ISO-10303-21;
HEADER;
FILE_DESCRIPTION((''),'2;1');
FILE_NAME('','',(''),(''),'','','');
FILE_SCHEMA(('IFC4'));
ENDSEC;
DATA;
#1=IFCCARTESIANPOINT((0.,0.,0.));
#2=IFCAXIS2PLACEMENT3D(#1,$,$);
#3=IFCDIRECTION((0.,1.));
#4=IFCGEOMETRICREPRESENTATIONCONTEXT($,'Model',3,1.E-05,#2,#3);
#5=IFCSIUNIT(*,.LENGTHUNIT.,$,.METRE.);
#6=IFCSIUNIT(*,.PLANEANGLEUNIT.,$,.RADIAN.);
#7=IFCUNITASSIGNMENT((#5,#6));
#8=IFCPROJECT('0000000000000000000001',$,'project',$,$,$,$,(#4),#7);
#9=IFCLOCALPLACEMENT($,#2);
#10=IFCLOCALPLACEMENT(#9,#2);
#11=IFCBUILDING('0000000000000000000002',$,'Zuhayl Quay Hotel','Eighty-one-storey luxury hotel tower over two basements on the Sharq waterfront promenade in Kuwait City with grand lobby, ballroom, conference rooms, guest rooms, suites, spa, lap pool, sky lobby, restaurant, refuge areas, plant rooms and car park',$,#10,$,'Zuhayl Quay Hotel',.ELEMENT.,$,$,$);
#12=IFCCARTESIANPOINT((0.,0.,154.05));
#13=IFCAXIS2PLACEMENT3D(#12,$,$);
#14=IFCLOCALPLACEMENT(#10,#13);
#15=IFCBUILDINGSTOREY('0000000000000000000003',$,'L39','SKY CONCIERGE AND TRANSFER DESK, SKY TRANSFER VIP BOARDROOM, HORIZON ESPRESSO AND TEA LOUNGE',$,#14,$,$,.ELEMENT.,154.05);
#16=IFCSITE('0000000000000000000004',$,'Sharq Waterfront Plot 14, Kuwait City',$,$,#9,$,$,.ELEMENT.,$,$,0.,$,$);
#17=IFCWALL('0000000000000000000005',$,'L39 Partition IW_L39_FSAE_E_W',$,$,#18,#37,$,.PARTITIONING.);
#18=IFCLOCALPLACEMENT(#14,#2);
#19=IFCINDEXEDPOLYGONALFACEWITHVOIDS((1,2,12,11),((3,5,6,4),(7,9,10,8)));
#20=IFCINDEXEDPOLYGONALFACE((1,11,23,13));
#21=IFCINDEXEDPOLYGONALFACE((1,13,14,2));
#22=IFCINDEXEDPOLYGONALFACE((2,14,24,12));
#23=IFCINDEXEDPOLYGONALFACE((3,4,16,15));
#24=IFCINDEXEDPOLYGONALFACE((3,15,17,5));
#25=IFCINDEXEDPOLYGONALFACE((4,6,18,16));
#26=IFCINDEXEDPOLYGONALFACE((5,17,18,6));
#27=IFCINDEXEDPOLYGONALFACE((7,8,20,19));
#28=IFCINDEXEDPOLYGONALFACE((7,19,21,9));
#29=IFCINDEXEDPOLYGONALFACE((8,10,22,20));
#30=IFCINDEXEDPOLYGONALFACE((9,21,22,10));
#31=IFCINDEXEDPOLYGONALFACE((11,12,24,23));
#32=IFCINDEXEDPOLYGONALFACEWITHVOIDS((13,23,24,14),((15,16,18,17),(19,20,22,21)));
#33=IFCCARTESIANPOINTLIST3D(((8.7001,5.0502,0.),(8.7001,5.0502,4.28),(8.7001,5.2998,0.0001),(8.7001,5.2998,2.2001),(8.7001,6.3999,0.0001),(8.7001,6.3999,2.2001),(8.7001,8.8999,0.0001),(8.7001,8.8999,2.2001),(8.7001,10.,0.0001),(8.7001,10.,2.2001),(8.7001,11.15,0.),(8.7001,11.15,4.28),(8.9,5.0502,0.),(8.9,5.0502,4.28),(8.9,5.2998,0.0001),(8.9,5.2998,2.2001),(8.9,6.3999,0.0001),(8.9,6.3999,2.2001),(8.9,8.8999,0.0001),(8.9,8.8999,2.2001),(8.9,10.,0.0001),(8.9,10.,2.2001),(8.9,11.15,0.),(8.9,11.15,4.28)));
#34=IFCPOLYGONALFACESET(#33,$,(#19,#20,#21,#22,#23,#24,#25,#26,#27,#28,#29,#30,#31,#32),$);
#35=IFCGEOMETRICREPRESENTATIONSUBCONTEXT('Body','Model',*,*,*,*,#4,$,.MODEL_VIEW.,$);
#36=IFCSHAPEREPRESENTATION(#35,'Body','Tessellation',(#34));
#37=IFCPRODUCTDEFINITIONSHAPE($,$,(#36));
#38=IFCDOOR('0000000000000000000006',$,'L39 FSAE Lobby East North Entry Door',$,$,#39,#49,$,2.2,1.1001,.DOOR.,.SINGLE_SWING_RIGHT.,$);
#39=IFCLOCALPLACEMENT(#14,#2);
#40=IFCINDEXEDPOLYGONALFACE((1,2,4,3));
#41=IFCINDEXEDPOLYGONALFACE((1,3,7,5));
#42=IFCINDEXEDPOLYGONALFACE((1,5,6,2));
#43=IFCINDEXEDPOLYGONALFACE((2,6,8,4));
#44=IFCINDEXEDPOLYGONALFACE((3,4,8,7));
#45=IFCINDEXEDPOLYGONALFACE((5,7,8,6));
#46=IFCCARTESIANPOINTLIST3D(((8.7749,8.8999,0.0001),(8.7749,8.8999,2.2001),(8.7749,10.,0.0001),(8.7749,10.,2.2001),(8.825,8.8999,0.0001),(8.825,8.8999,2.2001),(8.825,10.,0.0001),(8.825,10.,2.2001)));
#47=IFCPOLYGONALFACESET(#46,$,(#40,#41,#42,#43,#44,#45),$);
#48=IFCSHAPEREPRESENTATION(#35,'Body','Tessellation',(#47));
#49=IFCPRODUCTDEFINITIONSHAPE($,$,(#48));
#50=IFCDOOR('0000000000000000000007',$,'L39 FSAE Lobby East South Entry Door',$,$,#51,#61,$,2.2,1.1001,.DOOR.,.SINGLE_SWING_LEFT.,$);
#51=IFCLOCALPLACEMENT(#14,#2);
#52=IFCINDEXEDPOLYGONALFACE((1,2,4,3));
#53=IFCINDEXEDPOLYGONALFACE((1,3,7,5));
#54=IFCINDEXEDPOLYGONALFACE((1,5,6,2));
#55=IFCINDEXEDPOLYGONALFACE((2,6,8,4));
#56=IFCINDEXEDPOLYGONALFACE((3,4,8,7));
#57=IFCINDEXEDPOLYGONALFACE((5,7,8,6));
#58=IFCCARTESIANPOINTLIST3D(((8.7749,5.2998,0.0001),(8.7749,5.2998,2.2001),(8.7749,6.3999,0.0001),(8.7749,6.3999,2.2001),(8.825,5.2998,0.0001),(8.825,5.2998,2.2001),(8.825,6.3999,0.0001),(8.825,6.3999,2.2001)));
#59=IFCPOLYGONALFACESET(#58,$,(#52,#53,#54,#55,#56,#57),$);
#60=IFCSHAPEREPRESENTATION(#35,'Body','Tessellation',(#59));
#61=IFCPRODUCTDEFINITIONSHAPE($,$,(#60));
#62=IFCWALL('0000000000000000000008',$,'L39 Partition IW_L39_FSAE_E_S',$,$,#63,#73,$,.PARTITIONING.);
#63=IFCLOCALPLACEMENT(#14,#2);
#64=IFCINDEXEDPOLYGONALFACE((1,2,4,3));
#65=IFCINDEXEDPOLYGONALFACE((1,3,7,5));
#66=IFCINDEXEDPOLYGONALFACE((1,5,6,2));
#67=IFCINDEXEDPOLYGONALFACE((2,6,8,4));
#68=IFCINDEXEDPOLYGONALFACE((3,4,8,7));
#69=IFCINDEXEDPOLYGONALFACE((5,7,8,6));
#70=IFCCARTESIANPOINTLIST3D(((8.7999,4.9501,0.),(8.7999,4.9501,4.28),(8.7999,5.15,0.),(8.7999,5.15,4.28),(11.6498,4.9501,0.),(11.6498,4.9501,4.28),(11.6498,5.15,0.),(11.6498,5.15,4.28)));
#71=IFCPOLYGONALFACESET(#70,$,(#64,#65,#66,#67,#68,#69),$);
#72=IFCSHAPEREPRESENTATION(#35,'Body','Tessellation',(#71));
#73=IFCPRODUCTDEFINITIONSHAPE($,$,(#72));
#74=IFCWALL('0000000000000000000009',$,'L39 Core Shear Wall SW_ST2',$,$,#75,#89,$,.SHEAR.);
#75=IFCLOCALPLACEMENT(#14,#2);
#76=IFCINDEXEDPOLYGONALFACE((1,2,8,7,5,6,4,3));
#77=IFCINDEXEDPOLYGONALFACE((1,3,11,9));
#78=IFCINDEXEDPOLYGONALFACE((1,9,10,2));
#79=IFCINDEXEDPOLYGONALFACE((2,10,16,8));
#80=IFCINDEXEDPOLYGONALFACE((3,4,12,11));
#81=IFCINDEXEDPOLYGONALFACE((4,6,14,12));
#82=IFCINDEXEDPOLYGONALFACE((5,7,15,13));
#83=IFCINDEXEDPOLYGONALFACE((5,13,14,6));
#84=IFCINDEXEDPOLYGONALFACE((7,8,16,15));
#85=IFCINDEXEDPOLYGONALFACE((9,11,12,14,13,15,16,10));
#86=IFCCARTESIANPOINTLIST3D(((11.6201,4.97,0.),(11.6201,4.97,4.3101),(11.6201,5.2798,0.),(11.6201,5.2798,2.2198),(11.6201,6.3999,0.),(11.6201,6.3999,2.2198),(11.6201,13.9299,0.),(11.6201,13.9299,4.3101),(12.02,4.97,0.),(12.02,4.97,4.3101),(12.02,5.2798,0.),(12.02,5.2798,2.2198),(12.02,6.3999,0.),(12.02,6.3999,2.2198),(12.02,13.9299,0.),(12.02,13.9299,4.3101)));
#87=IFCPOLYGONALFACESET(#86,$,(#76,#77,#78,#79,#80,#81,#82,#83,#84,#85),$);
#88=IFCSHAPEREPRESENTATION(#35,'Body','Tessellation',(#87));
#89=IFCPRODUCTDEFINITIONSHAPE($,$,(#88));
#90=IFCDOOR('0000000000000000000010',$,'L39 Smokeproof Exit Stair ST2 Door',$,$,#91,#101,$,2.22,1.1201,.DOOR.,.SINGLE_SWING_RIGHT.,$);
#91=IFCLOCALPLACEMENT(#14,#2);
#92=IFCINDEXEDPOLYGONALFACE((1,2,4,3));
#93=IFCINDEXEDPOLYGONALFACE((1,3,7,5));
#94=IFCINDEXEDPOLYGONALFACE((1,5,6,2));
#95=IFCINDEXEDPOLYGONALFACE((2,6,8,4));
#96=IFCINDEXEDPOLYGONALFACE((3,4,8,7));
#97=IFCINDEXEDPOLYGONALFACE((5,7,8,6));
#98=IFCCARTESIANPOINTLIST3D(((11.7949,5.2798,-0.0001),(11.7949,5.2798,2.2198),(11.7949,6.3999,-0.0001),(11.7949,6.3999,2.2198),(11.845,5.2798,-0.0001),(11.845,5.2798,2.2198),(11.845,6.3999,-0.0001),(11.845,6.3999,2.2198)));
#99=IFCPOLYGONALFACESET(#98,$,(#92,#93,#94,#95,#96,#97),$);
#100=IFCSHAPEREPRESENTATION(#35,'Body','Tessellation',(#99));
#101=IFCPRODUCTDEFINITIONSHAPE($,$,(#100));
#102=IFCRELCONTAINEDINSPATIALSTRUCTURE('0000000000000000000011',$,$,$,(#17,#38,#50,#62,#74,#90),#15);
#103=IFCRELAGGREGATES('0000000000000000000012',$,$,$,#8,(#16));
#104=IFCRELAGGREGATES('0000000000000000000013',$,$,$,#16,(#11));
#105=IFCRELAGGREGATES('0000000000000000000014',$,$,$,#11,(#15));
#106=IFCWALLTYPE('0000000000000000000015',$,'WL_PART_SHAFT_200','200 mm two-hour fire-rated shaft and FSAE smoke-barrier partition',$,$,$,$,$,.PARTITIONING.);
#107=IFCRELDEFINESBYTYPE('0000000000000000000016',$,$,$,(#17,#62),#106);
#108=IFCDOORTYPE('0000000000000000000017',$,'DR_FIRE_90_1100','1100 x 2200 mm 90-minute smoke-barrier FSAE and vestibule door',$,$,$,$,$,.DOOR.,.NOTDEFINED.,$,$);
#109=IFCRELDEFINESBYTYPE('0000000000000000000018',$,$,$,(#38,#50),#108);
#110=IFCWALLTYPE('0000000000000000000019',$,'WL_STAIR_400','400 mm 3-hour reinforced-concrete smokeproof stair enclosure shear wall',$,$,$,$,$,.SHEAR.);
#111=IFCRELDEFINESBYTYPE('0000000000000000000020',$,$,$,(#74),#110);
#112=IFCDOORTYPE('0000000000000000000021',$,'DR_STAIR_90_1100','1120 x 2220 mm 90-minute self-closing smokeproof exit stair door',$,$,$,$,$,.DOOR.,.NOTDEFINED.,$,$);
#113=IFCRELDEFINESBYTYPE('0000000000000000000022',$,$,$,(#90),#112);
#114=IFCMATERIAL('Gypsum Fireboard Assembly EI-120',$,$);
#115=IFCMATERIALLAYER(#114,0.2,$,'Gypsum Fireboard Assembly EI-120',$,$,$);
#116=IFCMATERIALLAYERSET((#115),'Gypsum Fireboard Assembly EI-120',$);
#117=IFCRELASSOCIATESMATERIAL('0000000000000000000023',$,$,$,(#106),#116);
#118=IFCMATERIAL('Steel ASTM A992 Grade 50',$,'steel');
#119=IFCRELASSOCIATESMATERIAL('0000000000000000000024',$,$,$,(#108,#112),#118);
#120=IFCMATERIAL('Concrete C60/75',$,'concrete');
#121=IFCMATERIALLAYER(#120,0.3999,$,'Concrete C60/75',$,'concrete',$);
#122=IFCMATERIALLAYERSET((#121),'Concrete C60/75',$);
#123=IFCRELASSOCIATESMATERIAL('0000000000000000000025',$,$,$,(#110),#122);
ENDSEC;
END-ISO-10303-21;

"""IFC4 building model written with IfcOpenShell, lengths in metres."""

from ifc_helpers import new_model, si_unit, direction, frame, frame_2d, origin, place, context, subcontext, project, spatial, rectangle, extrude, material, layer, layer_set, type_object, element, fill, save


model = new_model("IFC4")

# Units and contexts
model_context = context("Model", 3, precision=1e-05, world=origin(), true_north=direction((0.0, 1.0)))
body_context = subcontext(model_context, "Body", "Model", "MODEL_VIEW")
ifc_project = project(units=[si_unit("LENGTHUNIT", "METRE"), si_unit("PLANEANGLEUNIT", "RADIAN")], contexts=[model_context])

# Site, building, storey
site_placement = place(None, origin())
site = spatial("IfcSite", under=ifc_project, at=site_placement, Name="Sharq Waterfront Plot 14, Kuwait City", CompositionType="ELEMENT", RefElevation=0.0)
building_placement = place(site_placement, origin())
building = spatial("IfcBuilding", under=site, at=building_placement, Name="Zuhayl Quay Hotel", Description="Eighty-one-storey luxury hotel tower over two basements on the Sharq waterfront promenade in Kuwait City with grand lobby, ballroom, conference rooms, guest rooms, suites, spa, lap pool, sky lobby, restaurant, refuge areas, plant rooms and car park", LongName="Zuhayl Quay Hotel", CompositionType="ELEMENT")
storey_placement = place(building_placement, frame((0.0, 0.0, 154.05)))
storey = spatial("IfcBuildingStorey", under=building, at=storey_placement, Name="L39", Description="SKY CONCIERGE AND TRANSFER DESK, SKY TRANSFER VIP BOARDROOM, HORIZON ESPRESSO AND TEA LOUNGE", CompositionType="ELEMENT", Elevation=154.05)

# Shared definitions
ifc_material_1 = material(Name="Steel ASTM A992 Grade 50", Category="steel")

# Shared definitions
ifc_material_2 = material(Name="Concrete C60/75", Category="concrete")

# Wall, openings, doors
ifc_material_3 = material(Name="Gypsum Fireboard Assembly EI-120")
ifc_layer_1 = layer(ifc_material_3, 0.2, Name="Gypsum Fireboard Assembly EI-120")
ifc_layer_set_1 = layer_set([ifc_layer_1], Name="Gypsum Fireboard Assembly EI-120")
wall_type_1 = type_object("IfcWallType", Name="WL_PART_SHAFT_200", Description="200 mm two-hour fire-rated shaft and FSAE smoke-barrier partition", PredefinedType="PARTITIONING", material=ifc_layer_set_1)
wall_1_placement = place(storey_placement, frame((8.8, 11.1499, 0.0), z_axis=(0.0, 0.0, 1.0), x_axis=(0.0, -1.0, 0.0)))
wall_1 = element("IfcWall", 1, at=wall_1_placement, inside=storey, type_object=wall_type_1, Name="L39 Partition IW_L39_FSAE_E_W", PredefinedType="PARTITIONING", context=body_context, shape_type="SweptSolid", body=[
    extrude(rectangle(XDim=6.0999, YDim=0.2, at=frame_2d((3.0498, 0.0))), origin(), (0.0, 0.0, 1.0), 4.28),
])
opening_1_placement = place(wall_1_placement, frame((1.1499, 0.0, 0.0)))
opening_1 = element("IfcOpeningElement", 2, at=opening_1_placement, cuts=wall_1, PredefinedType="OPENING", context=body_context, shape_type="SweptSolid", body=[
    extrude(rectangle(XDim=1.1001, YDim=2.2, at=frame_2d((0.55, 1.1001))), frame((0.0, 0.1099, 0.0), z_axis=(0.0, -1.0, 0.0), x_axis=(1.0, 0.0, 0.0)), (0.0, 0.0, 1.0), 0.22),
])
opening_2_placement = place(wall_1_placement, frame((4.75, 0.0, 0.0)))
opening_2 = element("IfcOpeningElement", 3, at=opening_2_placement, cuts=wall_1, PredefinedType="OPENING", context=body_context, shape_type="SweptSolid", body=[
    extrude(rectangle(XDim=1.1001, YDim=2.2, at=frame_2d((0.55, 1.1001))), frame((0.0, 0.1099, 0.0), z_axis=(0.0, -1.0, 0.0), x_axis=(1.0, 0.0, 0.0)), (0.0, 0.0, 1.0), 0.22),
])
door_type_1 = type_object("IfcDoorType", Name="DR_FIRE_90_1100", Description="1100 x 2200 mm 90-minute smoke-barrier FSAE and vestibule door", OperationType="NOTDEFINED", PredefinedType="DOOR", material=ifc_material_1)
door_1_placement = place(opening_1_placement, origin())
door_1 = element("IfcDoor", 4, at=door_1_placement, inside=storey, type_object=door_type_1, Name="L39 FSAE Lobby East North Entry Door", OperationType="SINGLE_SWING_RIGHT", OverallHeight=2.2, OverallWidth=1.1001, PredefinedType="DOOR", context=body_context, shape_type="SweptSolid", body=[
    extrude(rectangle(XDim=1.1001, YDim=2.2, at=frame_2d((0.55, 1.1001))), frame((0.0, 0.0249, 0.0), z_axis=(0.0, -1.0, 0.0), x_axis=(1.0, 0.0, 0.0)), (0.0, 0.0, 1.0), 0.05),
])
fill(opening_1, door_1)
door_2_placement = place(opening_2_placement, origin())
door_2 = element("IfcDoor", 5, at=door_2_placement, inside=storey, type_object=door_type_1, Name="L39 FSAE Lobby East South Entry Door", OperationType="SINGLE_SWING_LEFT", OverallHeight=2.2, OverallWidth=1.1001, PredefinedType="DOOR", context=body_context, shape_type="SweptSolid", body=[
    extrude(rectangle(XDim=1.1001, YDim=2.2, at=frame_2d((0.55, 1.1001))), frame((0.0, 0.0249, 0.0), z_axis=(0.0, -1.0, 0.0), x_axis=(1.0, 0.0, 0.0)), (0.0, 0.0, 1.0), 0.05),
])
fill(opening_2, door_2)

# Wall
wall_2_placement = place(storey_placement, frame((8.8, 5.05, 0.0), z_axis=(0.0, 0.0, 1.0), x_axis=(1.0, 0.0, 0.0)))
element("IfcWall", 6, at=wall_2_placement, inside=storey, type_object=wall_type_1, Name="L39 Partition IW_L39_FSAE_E_S", PredefinedType="PARTITIONING", context=body_context, shape_type="SweptSolid", body=[
    extrude(rectangle(XDim=2.8499, YDim=0.2, at=frame_2d((1.4248, 0.0))), origin(), (0.0, 0.0, 1.0), 4.28),
])

# Wall, opening, door
ifc_layer_2 = layer(ifc_material_2, 0.3999, Name="Concrete C60/75", Category="concrete")
ifc_layer_set_2 = layer_set([ifc_layer_2], Name="Concrete C60/75")
wall_type_2 = type_object("IfcWallType", Name="WL_STAIR_400", Description="400 mm 3-hour reinforced-concrete smokeproof stair enclosure shear wall", PredefinedType="SHEAR", material=ifc_layer_set_2)
wall_3_placement = place(storey_placement, frame((11.8201, 13.9299, 0.0), z_axis=(0.0, 0.0, 1.0), x_axis=(0.0, -1.0, 0.0)))
wall_3 = element("IfcWall", 7, at=wall_3_placement, inside=storey, type_object=wall_type_2, Name="L39 Core Shear Wall SW_ST2", PredefinedType="SHEAR", context=body_context, shape_type="SweptSolid", body=[
    extrude(rectangle(XDim=8.96, YDim=0.3999, at=frame_2d((4.48, 0.0))), origin(), (0.0, 0.0, 1.0), 4.3101),
])
opening_3_placement = place(wall_3_placement, frame((7.53, 0.0, 0.0)))
opening_3 = element("IfcOpeningElement", 8, at=opening_3_placement, cuts=wall_3, PredefinedType="OPENING", context=body_context, shape_type="SweptSolid", body=[
    extrude(rectangle(XDim=1.1201, YDim=2.22, at=frame_2d((0.5601, 1.1099))), frame((0.0, 0.21, 0.0), z_axis=(0.0, -1.0, 0.0), x_axis=(1.0, 0.0, 0.0)), (0.0, 0.0, 1.0), 0.4199),
])
door_type_2 = type_object("IfcDoorType", Name="DR_STAIR_90_1100", Description="1120 x 2220 mm 90-minute self-closing smokeproof exit stair door", OperationType="NOTDEFINED", PredefinedType="DOOR", material=ifc_material_1)
door_3_placement = place(opening_3_placement, origin())
door_3 = element("IfcDoor", 9, at=door_3_placement, inside=storey, type_object=door_type_2, Name="L39 Smokeproof Exit Stair ST2 Door", OperationType="SINGLE_SWING_RIGHT", OverallHeight=2.22, OverallWidth=1.1201, PredefinedType="DOOR", context=body_context, shape_type="SweptSolid", body=[
    extrude(rectangle(XDim=1.1201, YDim=2.22, at=frame_2d((0.5601, 1.1099))), frame((0.0, 0.0249, 0.0), z_axis=(0.0, -1.0, 0.0), x_axis=(1.0, 0.0, 0.0)), (0.0, 0.0, 1.0), 0.05),
])
fill(opening_3, door_3)

save(model, "model.ifc")
